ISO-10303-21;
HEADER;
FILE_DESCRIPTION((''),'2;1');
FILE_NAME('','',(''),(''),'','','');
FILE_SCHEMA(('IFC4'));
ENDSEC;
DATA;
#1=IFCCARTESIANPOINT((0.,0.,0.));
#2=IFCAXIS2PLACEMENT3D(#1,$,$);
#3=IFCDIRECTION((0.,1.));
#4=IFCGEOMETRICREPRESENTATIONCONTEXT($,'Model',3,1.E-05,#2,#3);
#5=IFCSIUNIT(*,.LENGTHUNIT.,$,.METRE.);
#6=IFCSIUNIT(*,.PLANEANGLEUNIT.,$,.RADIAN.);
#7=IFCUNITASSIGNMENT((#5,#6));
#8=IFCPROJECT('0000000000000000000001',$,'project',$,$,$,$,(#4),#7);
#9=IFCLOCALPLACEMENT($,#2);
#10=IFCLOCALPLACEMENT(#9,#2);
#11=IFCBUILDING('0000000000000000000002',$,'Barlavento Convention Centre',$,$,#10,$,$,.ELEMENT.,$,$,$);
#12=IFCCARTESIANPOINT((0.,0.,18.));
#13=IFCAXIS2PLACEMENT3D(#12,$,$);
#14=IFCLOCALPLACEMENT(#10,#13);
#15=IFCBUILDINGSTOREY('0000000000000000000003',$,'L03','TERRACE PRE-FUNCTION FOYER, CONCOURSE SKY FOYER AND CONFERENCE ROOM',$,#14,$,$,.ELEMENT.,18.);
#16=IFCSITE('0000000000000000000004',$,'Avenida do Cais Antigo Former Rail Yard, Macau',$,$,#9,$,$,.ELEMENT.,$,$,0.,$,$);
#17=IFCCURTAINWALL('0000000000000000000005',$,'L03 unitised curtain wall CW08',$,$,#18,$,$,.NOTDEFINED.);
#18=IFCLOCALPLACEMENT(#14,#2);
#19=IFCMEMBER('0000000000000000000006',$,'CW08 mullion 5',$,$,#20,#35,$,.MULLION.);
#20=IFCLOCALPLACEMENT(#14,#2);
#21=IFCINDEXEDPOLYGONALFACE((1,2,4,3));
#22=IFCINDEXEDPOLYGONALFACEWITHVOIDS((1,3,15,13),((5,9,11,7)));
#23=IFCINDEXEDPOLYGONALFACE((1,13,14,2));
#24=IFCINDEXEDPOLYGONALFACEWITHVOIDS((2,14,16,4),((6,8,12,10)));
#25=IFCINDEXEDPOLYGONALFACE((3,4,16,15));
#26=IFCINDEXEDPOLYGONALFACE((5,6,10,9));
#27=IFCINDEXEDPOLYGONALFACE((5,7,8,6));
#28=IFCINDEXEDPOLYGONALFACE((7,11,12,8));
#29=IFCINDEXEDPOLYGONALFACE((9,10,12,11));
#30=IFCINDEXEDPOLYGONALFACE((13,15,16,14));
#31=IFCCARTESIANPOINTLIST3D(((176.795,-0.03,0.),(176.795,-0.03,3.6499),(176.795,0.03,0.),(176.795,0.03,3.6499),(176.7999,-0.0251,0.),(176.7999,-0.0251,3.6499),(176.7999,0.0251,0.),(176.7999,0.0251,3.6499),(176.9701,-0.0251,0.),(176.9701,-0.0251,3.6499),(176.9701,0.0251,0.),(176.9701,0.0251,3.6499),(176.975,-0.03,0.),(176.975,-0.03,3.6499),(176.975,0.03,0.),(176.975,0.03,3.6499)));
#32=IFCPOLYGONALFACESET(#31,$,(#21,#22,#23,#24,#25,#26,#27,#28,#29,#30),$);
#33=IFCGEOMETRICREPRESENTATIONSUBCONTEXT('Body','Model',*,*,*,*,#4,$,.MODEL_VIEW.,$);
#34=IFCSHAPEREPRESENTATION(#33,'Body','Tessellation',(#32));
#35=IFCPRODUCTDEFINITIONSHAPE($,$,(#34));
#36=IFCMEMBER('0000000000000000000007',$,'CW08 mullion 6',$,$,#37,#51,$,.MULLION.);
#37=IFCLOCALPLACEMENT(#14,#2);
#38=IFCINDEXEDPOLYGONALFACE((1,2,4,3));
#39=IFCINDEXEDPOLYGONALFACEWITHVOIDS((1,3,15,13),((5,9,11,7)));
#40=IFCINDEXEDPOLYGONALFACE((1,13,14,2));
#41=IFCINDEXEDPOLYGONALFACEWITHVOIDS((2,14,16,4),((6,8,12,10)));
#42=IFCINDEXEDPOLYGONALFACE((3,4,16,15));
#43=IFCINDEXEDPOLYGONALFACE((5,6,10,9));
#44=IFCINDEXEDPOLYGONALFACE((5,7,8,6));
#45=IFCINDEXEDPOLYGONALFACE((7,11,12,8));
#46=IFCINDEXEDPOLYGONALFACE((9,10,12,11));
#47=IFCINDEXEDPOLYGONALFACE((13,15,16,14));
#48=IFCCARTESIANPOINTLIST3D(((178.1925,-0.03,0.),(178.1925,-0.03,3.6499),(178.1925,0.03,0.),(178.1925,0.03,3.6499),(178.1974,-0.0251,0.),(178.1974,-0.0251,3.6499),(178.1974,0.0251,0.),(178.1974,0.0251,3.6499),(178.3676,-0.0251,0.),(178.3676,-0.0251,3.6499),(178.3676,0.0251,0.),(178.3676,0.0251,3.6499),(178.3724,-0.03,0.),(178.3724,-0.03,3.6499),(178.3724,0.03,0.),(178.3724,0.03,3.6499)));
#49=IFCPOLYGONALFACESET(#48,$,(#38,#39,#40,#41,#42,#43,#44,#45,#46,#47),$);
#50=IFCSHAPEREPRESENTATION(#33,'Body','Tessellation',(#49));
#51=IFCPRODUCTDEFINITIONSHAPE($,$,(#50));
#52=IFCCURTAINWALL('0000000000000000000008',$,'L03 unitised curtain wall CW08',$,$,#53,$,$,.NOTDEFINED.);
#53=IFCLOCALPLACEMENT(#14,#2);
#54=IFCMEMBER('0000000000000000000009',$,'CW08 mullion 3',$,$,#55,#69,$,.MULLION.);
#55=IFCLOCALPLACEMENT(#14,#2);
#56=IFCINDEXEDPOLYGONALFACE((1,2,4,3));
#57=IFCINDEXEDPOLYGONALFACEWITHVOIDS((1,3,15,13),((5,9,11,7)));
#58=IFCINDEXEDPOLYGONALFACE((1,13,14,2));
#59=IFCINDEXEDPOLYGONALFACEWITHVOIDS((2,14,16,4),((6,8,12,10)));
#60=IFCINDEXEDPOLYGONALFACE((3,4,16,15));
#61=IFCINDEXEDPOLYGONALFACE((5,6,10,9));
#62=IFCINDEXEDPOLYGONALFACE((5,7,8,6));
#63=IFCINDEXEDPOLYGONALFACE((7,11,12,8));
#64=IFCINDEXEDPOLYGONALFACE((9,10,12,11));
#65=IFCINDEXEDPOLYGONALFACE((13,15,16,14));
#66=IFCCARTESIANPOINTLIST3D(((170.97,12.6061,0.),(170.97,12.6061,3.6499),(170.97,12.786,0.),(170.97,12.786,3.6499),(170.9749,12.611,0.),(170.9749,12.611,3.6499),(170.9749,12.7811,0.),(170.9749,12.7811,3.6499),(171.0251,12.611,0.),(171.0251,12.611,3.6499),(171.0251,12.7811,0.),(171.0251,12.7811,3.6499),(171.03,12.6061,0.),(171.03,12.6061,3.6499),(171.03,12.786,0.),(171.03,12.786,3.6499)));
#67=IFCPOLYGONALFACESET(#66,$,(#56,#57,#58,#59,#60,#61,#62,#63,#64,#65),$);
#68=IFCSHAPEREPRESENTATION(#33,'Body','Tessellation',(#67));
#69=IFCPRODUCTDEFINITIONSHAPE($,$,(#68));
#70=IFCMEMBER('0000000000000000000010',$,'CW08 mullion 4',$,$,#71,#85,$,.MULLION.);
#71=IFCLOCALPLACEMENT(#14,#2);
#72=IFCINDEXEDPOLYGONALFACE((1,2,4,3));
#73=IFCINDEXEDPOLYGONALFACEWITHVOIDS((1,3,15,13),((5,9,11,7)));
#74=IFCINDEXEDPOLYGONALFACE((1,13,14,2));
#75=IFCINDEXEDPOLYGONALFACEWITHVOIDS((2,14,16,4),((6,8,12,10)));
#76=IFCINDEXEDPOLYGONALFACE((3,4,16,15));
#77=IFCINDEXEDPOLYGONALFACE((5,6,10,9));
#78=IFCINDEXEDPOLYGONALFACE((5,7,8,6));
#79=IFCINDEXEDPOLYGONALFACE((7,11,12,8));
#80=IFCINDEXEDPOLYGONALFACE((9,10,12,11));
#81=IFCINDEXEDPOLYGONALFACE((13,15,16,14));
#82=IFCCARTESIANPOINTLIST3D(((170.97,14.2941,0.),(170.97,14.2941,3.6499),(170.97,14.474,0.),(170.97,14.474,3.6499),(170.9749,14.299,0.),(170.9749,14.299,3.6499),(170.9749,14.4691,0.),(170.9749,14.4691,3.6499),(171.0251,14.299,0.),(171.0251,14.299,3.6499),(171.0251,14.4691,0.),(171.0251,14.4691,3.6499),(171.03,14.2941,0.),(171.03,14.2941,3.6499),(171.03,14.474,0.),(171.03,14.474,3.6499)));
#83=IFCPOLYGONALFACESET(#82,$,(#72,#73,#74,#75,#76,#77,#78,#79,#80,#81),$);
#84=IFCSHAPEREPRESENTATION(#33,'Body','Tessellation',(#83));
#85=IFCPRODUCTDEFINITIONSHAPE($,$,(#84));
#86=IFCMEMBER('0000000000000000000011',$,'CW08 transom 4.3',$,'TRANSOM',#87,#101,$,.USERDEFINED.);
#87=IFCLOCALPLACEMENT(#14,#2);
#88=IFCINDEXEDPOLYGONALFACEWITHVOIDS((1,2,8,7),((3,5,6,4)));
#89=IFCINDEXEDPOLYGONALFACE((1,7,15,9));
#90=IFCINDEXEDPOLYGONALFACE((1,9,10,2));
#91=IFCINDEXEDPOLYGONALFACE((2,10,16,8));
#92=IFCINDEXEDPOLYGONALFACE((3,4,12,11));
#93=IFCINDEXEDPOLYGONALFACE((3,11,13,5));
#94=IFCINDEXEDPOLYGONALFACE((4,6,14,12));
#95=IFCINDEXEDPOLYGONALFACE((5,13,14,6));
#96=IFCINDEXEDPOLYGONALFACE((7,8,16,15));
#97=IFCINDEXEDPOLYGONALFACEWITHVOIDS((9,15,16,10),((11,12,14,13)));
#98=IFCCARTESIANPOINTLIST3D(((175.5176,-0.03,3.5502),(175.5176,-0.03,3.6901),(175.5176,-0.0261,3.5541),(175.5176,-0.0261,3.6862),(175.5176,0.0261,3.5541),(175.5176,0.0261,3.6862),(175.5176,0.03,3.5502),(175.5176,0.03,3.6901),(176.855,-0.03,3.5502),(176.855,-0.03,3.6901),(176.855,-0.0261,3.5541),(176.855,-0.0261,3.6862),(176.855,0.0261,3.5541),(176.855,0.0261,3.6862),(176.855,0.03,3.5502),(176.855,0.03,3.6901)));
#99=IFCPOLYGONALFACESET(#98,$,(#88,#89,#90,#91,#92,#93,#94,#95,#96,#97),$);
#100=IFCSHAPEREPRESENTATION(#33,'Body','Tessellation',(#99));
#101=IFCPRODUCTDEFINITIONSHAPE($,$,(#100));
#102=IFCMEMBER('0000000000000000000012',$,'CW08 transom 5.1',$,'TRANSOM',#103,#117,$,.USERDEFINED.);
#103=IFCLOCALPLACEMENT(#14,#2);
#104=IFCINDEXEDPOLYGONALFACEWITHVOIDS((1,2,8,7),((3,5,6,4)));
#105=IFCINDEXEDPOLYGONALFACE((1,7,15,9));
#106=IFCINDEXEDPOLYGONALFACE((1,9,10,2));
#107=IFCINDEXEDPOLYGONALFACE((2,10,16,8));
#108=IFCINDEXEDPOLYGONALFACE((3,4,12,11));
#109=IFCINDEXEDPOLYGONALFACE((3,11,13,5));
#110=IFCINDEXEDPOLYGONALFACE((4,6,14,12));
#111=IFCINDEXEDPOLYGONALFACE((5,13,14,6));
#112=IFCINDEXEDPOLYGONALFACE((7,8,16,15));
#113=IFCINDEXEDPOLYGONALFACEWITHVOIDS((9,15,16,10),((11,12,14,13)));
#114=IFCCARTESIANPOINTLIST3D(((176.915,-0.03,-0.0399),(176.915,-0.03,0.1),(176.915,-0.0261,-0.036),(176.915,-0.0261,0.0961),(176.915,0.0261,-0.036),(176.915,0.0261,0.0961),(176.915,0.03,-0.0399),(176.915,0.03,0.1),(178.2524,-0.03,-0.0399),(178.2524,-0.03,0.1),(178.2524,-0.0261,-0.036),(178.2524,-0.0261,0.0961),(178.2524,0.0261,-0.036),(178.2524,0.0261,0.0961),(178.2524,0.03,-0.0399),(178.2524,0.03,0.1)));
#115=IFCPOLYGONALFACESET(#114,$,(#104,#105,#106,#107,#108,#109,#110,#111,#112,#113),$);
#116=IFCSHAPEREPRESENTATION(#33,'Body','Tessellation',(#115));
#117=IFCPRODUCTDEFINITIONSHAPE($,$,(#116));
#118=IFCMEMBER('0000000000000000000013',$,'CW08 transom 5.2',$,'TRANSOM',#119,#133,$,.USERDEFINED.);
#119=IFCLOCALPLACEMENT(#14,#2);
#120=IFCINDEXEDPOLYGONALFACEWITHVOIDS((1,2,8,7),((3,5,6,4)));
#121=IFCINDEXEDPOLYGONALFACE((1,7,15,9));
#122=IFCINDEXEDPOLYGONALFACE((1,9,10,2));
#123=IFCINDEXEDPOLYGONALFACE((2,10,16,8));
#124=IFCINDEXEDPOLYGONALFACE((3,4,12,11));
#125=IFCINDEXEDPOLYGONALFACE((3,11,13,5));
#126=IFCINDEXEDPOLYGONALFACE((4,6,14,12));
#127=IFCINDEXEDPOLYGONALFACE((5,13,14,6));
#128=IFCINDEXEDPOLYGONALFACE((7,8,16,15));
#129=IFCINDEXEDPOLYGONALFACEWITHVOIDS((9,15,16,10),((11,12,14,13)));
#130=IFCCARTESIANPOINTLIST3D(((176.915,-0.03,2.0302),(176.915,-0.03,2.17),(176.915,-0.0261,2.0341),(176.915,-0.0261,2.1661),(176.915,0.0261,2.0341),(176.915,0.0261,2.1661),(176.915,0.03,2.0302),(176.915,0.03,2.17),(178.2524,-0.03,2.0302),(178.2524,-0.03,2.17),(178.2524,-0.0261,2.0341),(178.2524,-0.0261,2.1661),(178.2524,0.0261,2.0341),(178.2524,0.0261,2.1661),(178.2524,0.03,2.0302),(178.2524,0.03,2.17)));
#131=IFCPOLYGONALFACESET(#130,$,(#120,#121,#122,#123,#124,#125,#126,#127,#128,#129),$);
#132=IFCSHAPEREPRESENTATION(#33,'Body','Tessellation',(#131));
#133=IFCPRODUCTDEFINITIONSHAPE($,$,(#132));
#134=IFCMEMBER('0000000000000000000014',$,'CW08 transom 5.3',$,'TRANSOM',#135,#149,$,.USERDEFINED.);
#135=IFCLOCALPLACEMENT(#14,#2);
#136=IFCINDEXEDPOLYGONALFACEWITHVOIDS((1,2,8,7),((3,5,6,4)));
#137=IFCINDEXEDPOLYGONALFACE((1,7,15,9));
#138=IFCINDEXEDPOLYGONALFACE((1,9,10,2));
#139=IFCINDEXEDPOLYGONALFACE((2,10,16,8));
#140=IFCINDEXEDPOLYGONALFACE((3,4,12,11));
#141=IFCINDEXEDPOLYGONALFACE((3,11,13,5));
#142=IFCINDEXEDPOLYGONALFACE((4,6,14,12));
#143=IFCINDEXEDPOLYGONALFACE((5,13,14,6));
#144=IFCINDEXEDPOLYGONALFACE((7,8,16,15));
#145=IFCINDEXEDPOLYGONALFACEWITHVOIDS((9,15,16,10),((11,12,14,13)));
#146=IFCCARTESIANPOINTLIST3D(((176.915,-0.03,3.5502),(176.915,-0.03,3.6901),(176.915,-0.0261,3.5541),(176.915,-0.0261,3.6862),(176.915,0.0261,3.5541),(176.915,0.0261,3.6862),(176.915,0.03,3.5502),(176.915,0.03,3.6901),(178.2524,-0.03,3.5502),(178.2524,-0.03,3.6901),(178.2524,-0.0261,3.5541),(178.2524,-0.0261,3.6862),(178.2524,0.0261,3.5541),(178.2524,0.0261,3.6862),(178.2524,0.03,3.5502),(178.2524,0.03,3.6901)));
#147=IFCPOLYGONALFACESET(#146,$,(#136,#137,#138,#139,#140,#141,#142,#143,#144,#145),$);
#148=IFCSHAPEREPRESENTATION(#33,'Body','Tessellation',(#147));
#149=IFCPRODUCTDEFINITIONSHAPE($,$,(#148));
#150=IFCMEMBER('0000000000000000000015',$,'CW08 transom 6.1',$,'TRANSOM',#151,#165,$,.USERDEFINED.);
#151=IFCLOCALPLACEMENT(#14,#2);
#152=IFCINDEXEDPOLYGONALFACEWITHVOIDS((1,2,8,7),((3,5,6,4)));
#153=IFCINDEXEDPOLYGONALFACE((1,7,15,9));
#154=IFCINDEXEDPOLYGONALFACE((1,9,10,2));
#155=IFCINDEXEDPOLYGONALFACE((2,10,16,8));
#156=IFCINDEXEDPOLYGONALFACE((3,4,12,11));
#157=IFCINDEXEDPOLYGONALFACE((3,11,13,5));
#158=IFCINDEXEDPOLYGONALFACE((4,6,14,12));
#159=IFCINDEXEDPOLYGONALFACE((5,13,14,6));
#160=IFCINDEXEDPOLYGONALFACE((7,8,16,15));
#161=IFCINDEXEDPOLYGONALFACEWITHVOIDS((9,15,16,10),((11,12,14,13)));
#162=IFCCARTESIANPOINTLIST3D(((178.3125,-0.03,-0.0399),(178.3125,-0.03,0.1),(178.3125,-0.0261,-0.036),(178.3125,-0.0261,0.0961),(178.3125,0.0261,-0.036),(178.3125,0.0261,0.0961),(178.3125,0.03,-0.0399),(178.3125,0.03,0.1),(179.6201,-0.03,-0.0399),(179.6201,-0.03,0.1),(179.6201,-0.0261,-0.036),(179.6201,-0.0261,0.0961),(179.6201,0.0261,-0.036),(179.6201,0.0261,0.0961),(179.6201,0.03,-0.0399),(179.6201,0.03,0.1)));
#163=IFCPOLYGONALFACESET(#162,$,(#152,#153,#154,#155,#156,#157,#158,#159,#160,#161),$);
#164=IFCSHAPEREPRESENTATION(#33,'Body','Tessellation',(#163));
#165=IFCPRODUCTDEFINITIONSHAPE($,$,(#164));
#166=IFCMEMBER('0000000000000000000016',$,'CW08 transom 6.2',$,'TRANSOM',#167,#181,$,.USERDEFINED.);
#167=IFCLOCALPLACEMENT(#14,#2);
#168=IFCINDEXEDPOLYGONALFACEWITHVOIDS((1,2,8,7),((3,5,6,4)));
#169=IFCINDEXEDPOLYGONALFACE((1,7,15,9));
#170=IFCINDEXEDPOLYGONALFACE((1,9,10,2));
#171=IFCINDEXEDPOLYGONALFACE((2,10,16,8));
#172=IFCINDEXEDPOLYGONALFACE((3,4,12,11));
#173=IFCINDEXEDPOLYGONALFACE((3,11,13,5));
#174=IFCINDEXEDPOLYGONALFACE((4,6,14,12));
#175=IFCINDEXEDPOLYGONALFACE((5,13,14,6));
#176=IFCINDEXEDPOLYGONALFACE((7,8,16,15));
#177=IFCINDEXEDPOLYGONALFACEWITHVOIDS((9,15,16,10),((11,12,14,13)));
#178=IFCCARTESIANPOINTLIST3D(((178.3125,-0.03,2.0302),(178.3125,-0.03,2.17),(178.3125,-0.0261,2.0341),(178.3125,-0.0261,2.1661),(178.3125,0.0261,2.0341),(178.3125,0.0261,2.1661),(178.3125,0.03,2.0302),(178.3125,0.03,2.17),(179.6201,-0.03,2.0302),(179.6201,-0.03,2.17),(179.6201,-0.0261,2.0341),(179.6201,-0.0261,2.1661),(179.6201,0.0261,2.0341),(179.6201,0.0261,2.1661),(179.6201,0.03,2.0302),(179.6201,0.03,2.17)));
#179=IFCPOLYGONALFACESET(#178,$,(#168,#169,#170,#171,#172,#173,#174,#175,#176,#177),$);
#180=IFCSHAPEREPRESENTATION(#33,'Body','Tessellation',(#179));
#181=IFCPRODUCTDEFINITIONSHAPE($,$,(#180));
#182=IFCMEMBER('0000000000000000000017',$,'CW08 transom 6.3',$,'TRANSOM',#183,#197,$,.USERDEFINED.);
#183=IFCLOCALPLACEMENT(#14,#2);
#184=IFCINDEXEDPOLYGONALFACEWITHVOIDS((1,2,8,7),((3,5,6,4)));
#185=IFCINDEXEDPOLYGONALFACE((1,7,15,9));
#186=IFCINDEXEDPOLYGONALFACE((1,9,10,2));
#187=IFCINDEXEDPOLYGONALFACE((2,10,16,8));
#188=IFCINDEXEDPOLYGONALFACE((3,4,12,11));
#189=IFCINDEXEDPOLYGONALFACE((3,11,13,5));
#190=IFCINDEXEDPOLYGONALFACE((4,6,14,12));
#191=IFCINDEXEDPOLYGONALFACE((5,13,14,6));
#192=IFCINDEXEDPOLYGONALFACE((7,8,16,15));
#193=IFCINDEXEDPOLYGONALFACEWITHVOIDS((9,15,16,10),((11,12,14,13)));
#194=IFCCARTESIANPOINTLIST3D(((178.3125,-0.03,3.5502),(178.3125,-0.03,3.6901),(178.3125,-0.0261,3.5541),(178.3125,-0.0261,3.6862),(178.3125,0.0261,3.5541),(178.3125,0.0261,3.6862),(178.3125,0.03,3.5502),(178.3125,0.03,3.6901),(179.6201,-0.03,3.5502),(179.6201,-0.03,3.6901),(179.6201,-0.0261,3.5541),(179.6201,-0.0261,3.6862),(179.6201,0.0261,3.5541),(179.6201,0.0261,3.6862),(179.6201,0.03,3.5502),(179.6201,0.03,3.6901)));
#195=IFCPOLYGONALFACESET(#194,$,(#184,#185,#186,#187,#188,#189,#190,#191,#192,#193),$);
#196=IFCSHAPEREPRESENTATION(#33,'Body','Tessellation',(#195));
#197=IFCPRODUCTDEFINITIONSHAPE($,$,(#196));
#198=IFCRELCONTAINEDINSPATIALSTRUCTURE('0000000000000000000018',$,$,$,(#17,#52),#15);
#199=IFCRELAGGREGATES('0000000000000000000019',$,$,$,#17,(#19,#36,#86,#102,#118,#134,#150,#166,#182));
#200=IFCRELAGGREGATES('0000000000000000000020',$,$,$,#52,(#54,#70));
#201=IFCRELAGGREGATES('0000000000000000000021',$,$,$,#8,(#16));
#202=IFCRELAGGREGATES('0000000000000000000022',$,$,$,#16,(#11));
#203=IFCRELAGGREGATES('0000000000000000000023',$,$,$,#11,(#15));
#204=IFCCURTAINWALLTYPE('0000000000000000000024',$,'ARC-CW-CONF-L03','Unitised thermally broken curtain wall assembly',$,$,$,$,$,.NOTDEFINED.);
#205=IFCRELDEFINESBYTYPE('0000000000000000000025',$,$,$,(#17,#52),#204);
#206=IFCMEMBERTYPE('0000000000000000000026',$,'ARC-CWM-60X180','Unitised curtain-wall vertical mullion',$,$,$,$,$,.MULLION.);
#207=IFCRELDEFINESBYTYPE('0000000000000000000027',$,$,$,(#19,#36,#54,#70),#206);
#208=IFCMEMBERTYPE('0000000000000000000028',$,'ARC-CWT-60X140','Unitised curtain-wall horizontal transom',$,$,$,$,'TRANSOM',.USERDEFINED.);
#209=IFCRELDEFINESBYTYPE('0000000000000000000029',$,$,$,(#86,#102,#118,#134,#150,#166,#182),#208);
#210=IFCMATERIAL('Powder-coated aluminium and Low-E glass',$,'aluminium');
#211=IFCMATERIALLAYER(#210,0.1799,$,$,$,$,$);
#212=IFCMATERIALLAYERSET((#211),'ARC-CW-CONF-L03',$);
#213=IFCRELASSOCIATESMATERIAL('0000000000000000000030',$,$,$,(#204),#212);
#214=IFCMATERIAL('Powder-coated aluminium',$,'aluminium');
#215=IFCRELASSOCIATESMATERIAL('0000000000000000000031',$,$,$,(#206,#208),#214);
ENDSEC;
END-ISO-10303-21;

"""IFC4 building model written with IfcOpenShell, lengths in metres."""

from ifc_helpers import new_model, si_unit, direction, frame, origin, origin_2d, place, context, subcontext, project, spatial, hollow_rectangle, extrude, material, layer, layer_set, material_profile, profile_set, type_object, element, aggregate, save


model = new_model("IFC4")

# Units and contexts
model_context = context("Model", 3, precision=1e-05, world=origin(), true_north=direction((0.0, 1.0)))
body_context = subcontext(model_context, "Body", "Model", "MODEL_VIEW")
ifc_project = project(units=[si_unit("LENGTHUNIT", "METRE"), si_unit("PLANEANGLEUNIT", "RADIAN")], contexts=[model_context])

# Site, building, storey
site_placement = place(None, origin())
site = spatial("IfcSite", under=ifc_project, at=site_placement, Name="Avenida do Cais Antigo Former Rail Yard, Macau", CompositionType="ELEMENT", RefElevation=0.0)
building_placement = place(site_placement, origin())
building = spatial("IfcBuilding", under=site, at=building_placement, Name="Barlavento Convention Centre", CompositionType="ELEMENT")
storey_placement = place(building_placement, frame((0.0, 0.0, 18.0)))
storey = spatial("IfcBuildingStorey", under=building, at=storey_placement, Name="L03", Description="TERRACE PRE-FUNCTION FOYER, CONCOURSE SKY FOYER AND CONFERENCE ROOM", CompositionType="ELEMENT", Elevation=18.0)

# Curtain walls, members
ifc_material_1 = material(Name="Powder-coated aluminium and Low-E glass", Category="aluminium")
ifc_layer_1 = layer(ifc_material_1, 0.1799)
ifc_layer_set_1 = layer_set([ifc_layer_1], Name="ARC-CW-CONF-L03")
curtain_wall_type = type_object("IfcCurtainWallType", Name="ARC-CW-CONF-L03", Description="Unitised thermally broken curtain wall assembly", PredefinedType="NOTDEFINED", material=ifc_layer_set_1)
curtain_wall_1_placement = place(storey_placement, origin())
curtain_wall_1 = element("IfcCurtainWall", 1, at=curtain_wall_1_placement, inside=storey, type_object=curtain_wall_type, Name="L03 unitised curtain wall CW08", PredefinedType="NOTDEFINED")
ifc_material_2 = material(Name="Powder-coated aluminium", Category="aluminium")
ifc_material_profile_1 = material_profile(ifc_material_2, hollow_rectangle(XDim=0.0601, YDim=0.1799, WallThickness=0.0049, at=origin_2d()), Name="AL-MULL 60x180x5")
ifc_profile_set_1 = profile_set([ifc_material_profile_1], Name="Powder-coated aluminium")
member_type_1 = type_object("IfcMemberType", Name="ARC-CWM-60X180", Description="Unitised curtain-wall vertical mullion", PredefinedType="MULLION", material=ifc_profile_set_1)
member_1_placement = place(storey_placement, frame((176.885, 0.0, 0.0), z_axis=(0.0, 0.0, 1.0), x_axis=(0.0, 1.0, 0.0)))
member_1 = element("IfcMember", 2, at=member_1_placement, type_object=member_type_1, Name="CW08 mullion 5", PredefinedType="MULLION", context=body_context, shape_type="SweptSolid", body=[
    extrude(hollow_rectangle(XDim=0.0601, YDim=0.1799, WallThickness=0.0049, at=origin_2d()), origin(), (0.0, 0.0, 1.0), 3.6499),
])
member_2_placement = place(storey_placement, frame((178.2825, 0.0, 0.0), z_axis=(0.0, 0.0, 1.0), x_axis=(0.0, 1.0, 0.0)))
member_2 = element("IfcMember", 3, at=member_2_placement, type_object=member_type_1, Name="CW08 mullion 6", PredefinedType="MULLION", context=body_context, shape_type="SweptSolid", body=[
    extrude(hollow_rectangle(XDim=0.0601, YDim=0.1799, WallThickness=0.0049, at=origin_2d()), origin(), (0.0, 0.0, 1.0), 3.6499),
])
curtain_wall_2_placement = place(storey_placement, origin())
curtain_wall_2 = element("IfcCurtainWall", 4, at=curtain_wall_2_placement, inside=storey, type_object=curtain_wall_type, Name="L03 unitised curtain wall CW08", PredefinedType="NOTDEFINED")
member_3_placement = place(storey_placement, frame((171.0, 12.696, 0.0), z_axis=(0.0, 0.0, 1.0), x_axis=(-1.0, 0.0, 0.0)))
member_3 = element("IfcMember", 5, at=member_3_placement, type_object=member_type_1, Name="CW08 mullion 3", PredefinedType="MULLION", context=body_context, shape_type="SweptSolid", body=[
    extrude(hollow_rectangle(XDim=0.0601, YDim=0.1799, WallThickness=0.0049, at=origin_2d()), origin(), (0.0, 0.0, 1.0), 3.6499),
])
member_4_placement = place(storey_placement, frame((171.0, 14.384, 0.0), z_axis=(0.0, 0.0, 1.0), x_axis=(-1.0, 0.0, 0.0)))
member_4 = element("IfcMember", 6, at=member_4_placement, type_object=member_type_1, Name="CW08 mullion 4", PredefinedType="MULLION", context=body_context, shape_type="SweptSolid", body=[
    extrude(hollow_rectangle(XDim=0.0601, YDim=0.1799, WallThickness=0.0049, at=origin_2d()), origin(), (0.0, 0.0, 1.0), 3.6499),
])

# Members
ifc_material_profile_2 = material_profile(ifc_material_2, hollow_rectangle(XDim=0.0601, YDim=0.1399, WallThickness=0.0039, at=origin_2d()), Name="AL-TRAN 60x140x4")
ifc_profile_set_2 = profile_set([ifc_material_profile_2], Name="Powder-coated aluminium")
member_type_2 = type_object("IfcMemberType", Name="ARC-CWT-60X140", Description="Unitised curtain-wall horizontal transom", ElementType="TRANSOM", PredefinedType="USERDEFINED", material=ifc_profile_set_2)
member_5_placement = place(storey_placement, frame((175.5176, 0.0, 3.6201), z_axis=(1.0, 0.0, 0.0), x_axis=(0.0, 1.0, 0.0)))
member_5 = element("IfcMember", 7, at=member_5_placement, type_object=member_type_2, Name="CW08 transom 4.3", ObjectType="TRANSOM", PredefinedType="USERDEFINED", context=body_context, shape_type="SweptSolid", body=[
    extrude(hollow_rectangle(XDim=0.0601, YDim=0.1399, WallThickness=0.0039, at=origin_2d()), origin(), (0.0, 0.0, 1.0), 1.3374),
])
member_6_placement = place(storey_placement, frame((176.915, 0.0, 0.03), z_axis=(1.0, 0.0, 0.0), x_axis=(0.0, 1.0, 0.0)))
member_6 = element("IfcMember", 8, at=member_6_placement, type_object=member_type_2, Name="CW08 transom 5.1", ObjectType="TRANSOM", PredefinedType="USERDEFINED", context=body_context, shape_type="SweptSolid", body=[
    extrude(hollow_rectangle(XDim=0.0601, YDim=0.1399, WallThickness=0.0039, at=origin_2d()), origin(), (0.0, 0.0, 1.0), 1.3374),
])
member_7_placement = place(storey_placement, frame((176.915, 0.0, 2.1001), z_axis=(1.0, 0.0, 0.0), x_axis=(0.0, 1.0, 0.0)))
member_7 = element("IfcMember", 9, at=member_7_placement, type_object=member_type_2, Name="CW08 transom 5.2", ObjectType="TRANSOM", PredefinedType="USERDEFINED", context=body_context, shape_type="SweptSolid", body=[
    extrude(hollow_rectangle(XDim=0.0601, YDim=0.1399, WallThickness=0.0039, at=origin_2d()), origin(), (0.0, 0.0, 1.0), 1.3374),
])
member_8_placement = place(storey_placement, frame((176.915, 0.0, 3.6201), z_axis=(1.0, 0.0, 0.0), x_axis=(0.0, 1.0, 0.0)))
member_8 = element("IfcMember", 10, at=member_8_placement, type_object=member_type_2, Name="CW08 transom 5.3", ObjectType="TRANSOM", PredefinedType="USERDEFINED", context=body_context, shape_type="SweptSolid", body=[
    extrude(hollow_rectangle(XDim=0.0601, YDim=0.1399, WallThickness=0.0039, at=origin_2d()), origin(), (0.0, 0.0, 1.0), 1.3374),
])
member_9_placement = place(storey_placement, frame((178.3125, 0.0, 0.03), z_axis=(1.0, 0.0, 0.0), x_axis=(0.0, 1.0, 0.0)))
member_9 = element("IfcMember", 11, at=member_9_placement, type_object=member_type_2, Name="CW08 transom 6.1", ObjectType="TRANSOM", PredefinedType="USERDEFINED", context=body_context, shape_type="SweptSolid", body=[
    extrude(hollow_rectangle(XDim=0.0601, YDim=0.1399, WallThickness=0.0039, at=origin_2d()), origin(), (0.0, 0.0, 1.0), 1.3076),
])
member_10_placement = place(storey_placement, frame((178.3125, 0.0, 2.1001), z_axis=(1.0, 0.0, 0.0), x_axis=(0.0, 1.0, 0.0)))
member_10 = element("IfcMember", 12, at=member_10_placement, type_object=member_type_2, Name="CW08 transom 6.2", ObjectType="TRANSOM", PredefinedType="USERDEFINED", context=body_context, shape_type="SweptSolid", body=[
    extrude(hollow_rectangle(XDim=0.0601, YDim=0.1399, WallThickness=0.0039, at=origin_2d()), origin(), (0.0, 0.0, 1.0), 1.3076),
])
member_11_placement = place(storey_placement, frame((178.3125, 0.0, 3.6201), z_axis=(1.0, 0.0, 0.0), x_axis=(0.0, 1.0, 0.0)))
member_11 = element("IfcMember", 13, at=member_11_placement, type_object=member_type_2, Name="CW08 transom 6.3", ObjectType="TRANSOM", PredefinedType="USERDEFINED", context=body_context, shape_type="SweptSolid", body=[
    extrude(hollow_rectangle(XDim=0.0601, YDim=0.1399, WallThickness=0.0039, at=origin_2d()), origin(), (0.0, 0.0, 1.0), 1.3076),
])

aggregate(curtain_wall_1, [member_1, member_2, member_5, member_6, member_7, member_8, member_9, member_10, member_11])
aggregate(curtain_wall_2, [member_3, member_4])

save(model, "model.ifc")
